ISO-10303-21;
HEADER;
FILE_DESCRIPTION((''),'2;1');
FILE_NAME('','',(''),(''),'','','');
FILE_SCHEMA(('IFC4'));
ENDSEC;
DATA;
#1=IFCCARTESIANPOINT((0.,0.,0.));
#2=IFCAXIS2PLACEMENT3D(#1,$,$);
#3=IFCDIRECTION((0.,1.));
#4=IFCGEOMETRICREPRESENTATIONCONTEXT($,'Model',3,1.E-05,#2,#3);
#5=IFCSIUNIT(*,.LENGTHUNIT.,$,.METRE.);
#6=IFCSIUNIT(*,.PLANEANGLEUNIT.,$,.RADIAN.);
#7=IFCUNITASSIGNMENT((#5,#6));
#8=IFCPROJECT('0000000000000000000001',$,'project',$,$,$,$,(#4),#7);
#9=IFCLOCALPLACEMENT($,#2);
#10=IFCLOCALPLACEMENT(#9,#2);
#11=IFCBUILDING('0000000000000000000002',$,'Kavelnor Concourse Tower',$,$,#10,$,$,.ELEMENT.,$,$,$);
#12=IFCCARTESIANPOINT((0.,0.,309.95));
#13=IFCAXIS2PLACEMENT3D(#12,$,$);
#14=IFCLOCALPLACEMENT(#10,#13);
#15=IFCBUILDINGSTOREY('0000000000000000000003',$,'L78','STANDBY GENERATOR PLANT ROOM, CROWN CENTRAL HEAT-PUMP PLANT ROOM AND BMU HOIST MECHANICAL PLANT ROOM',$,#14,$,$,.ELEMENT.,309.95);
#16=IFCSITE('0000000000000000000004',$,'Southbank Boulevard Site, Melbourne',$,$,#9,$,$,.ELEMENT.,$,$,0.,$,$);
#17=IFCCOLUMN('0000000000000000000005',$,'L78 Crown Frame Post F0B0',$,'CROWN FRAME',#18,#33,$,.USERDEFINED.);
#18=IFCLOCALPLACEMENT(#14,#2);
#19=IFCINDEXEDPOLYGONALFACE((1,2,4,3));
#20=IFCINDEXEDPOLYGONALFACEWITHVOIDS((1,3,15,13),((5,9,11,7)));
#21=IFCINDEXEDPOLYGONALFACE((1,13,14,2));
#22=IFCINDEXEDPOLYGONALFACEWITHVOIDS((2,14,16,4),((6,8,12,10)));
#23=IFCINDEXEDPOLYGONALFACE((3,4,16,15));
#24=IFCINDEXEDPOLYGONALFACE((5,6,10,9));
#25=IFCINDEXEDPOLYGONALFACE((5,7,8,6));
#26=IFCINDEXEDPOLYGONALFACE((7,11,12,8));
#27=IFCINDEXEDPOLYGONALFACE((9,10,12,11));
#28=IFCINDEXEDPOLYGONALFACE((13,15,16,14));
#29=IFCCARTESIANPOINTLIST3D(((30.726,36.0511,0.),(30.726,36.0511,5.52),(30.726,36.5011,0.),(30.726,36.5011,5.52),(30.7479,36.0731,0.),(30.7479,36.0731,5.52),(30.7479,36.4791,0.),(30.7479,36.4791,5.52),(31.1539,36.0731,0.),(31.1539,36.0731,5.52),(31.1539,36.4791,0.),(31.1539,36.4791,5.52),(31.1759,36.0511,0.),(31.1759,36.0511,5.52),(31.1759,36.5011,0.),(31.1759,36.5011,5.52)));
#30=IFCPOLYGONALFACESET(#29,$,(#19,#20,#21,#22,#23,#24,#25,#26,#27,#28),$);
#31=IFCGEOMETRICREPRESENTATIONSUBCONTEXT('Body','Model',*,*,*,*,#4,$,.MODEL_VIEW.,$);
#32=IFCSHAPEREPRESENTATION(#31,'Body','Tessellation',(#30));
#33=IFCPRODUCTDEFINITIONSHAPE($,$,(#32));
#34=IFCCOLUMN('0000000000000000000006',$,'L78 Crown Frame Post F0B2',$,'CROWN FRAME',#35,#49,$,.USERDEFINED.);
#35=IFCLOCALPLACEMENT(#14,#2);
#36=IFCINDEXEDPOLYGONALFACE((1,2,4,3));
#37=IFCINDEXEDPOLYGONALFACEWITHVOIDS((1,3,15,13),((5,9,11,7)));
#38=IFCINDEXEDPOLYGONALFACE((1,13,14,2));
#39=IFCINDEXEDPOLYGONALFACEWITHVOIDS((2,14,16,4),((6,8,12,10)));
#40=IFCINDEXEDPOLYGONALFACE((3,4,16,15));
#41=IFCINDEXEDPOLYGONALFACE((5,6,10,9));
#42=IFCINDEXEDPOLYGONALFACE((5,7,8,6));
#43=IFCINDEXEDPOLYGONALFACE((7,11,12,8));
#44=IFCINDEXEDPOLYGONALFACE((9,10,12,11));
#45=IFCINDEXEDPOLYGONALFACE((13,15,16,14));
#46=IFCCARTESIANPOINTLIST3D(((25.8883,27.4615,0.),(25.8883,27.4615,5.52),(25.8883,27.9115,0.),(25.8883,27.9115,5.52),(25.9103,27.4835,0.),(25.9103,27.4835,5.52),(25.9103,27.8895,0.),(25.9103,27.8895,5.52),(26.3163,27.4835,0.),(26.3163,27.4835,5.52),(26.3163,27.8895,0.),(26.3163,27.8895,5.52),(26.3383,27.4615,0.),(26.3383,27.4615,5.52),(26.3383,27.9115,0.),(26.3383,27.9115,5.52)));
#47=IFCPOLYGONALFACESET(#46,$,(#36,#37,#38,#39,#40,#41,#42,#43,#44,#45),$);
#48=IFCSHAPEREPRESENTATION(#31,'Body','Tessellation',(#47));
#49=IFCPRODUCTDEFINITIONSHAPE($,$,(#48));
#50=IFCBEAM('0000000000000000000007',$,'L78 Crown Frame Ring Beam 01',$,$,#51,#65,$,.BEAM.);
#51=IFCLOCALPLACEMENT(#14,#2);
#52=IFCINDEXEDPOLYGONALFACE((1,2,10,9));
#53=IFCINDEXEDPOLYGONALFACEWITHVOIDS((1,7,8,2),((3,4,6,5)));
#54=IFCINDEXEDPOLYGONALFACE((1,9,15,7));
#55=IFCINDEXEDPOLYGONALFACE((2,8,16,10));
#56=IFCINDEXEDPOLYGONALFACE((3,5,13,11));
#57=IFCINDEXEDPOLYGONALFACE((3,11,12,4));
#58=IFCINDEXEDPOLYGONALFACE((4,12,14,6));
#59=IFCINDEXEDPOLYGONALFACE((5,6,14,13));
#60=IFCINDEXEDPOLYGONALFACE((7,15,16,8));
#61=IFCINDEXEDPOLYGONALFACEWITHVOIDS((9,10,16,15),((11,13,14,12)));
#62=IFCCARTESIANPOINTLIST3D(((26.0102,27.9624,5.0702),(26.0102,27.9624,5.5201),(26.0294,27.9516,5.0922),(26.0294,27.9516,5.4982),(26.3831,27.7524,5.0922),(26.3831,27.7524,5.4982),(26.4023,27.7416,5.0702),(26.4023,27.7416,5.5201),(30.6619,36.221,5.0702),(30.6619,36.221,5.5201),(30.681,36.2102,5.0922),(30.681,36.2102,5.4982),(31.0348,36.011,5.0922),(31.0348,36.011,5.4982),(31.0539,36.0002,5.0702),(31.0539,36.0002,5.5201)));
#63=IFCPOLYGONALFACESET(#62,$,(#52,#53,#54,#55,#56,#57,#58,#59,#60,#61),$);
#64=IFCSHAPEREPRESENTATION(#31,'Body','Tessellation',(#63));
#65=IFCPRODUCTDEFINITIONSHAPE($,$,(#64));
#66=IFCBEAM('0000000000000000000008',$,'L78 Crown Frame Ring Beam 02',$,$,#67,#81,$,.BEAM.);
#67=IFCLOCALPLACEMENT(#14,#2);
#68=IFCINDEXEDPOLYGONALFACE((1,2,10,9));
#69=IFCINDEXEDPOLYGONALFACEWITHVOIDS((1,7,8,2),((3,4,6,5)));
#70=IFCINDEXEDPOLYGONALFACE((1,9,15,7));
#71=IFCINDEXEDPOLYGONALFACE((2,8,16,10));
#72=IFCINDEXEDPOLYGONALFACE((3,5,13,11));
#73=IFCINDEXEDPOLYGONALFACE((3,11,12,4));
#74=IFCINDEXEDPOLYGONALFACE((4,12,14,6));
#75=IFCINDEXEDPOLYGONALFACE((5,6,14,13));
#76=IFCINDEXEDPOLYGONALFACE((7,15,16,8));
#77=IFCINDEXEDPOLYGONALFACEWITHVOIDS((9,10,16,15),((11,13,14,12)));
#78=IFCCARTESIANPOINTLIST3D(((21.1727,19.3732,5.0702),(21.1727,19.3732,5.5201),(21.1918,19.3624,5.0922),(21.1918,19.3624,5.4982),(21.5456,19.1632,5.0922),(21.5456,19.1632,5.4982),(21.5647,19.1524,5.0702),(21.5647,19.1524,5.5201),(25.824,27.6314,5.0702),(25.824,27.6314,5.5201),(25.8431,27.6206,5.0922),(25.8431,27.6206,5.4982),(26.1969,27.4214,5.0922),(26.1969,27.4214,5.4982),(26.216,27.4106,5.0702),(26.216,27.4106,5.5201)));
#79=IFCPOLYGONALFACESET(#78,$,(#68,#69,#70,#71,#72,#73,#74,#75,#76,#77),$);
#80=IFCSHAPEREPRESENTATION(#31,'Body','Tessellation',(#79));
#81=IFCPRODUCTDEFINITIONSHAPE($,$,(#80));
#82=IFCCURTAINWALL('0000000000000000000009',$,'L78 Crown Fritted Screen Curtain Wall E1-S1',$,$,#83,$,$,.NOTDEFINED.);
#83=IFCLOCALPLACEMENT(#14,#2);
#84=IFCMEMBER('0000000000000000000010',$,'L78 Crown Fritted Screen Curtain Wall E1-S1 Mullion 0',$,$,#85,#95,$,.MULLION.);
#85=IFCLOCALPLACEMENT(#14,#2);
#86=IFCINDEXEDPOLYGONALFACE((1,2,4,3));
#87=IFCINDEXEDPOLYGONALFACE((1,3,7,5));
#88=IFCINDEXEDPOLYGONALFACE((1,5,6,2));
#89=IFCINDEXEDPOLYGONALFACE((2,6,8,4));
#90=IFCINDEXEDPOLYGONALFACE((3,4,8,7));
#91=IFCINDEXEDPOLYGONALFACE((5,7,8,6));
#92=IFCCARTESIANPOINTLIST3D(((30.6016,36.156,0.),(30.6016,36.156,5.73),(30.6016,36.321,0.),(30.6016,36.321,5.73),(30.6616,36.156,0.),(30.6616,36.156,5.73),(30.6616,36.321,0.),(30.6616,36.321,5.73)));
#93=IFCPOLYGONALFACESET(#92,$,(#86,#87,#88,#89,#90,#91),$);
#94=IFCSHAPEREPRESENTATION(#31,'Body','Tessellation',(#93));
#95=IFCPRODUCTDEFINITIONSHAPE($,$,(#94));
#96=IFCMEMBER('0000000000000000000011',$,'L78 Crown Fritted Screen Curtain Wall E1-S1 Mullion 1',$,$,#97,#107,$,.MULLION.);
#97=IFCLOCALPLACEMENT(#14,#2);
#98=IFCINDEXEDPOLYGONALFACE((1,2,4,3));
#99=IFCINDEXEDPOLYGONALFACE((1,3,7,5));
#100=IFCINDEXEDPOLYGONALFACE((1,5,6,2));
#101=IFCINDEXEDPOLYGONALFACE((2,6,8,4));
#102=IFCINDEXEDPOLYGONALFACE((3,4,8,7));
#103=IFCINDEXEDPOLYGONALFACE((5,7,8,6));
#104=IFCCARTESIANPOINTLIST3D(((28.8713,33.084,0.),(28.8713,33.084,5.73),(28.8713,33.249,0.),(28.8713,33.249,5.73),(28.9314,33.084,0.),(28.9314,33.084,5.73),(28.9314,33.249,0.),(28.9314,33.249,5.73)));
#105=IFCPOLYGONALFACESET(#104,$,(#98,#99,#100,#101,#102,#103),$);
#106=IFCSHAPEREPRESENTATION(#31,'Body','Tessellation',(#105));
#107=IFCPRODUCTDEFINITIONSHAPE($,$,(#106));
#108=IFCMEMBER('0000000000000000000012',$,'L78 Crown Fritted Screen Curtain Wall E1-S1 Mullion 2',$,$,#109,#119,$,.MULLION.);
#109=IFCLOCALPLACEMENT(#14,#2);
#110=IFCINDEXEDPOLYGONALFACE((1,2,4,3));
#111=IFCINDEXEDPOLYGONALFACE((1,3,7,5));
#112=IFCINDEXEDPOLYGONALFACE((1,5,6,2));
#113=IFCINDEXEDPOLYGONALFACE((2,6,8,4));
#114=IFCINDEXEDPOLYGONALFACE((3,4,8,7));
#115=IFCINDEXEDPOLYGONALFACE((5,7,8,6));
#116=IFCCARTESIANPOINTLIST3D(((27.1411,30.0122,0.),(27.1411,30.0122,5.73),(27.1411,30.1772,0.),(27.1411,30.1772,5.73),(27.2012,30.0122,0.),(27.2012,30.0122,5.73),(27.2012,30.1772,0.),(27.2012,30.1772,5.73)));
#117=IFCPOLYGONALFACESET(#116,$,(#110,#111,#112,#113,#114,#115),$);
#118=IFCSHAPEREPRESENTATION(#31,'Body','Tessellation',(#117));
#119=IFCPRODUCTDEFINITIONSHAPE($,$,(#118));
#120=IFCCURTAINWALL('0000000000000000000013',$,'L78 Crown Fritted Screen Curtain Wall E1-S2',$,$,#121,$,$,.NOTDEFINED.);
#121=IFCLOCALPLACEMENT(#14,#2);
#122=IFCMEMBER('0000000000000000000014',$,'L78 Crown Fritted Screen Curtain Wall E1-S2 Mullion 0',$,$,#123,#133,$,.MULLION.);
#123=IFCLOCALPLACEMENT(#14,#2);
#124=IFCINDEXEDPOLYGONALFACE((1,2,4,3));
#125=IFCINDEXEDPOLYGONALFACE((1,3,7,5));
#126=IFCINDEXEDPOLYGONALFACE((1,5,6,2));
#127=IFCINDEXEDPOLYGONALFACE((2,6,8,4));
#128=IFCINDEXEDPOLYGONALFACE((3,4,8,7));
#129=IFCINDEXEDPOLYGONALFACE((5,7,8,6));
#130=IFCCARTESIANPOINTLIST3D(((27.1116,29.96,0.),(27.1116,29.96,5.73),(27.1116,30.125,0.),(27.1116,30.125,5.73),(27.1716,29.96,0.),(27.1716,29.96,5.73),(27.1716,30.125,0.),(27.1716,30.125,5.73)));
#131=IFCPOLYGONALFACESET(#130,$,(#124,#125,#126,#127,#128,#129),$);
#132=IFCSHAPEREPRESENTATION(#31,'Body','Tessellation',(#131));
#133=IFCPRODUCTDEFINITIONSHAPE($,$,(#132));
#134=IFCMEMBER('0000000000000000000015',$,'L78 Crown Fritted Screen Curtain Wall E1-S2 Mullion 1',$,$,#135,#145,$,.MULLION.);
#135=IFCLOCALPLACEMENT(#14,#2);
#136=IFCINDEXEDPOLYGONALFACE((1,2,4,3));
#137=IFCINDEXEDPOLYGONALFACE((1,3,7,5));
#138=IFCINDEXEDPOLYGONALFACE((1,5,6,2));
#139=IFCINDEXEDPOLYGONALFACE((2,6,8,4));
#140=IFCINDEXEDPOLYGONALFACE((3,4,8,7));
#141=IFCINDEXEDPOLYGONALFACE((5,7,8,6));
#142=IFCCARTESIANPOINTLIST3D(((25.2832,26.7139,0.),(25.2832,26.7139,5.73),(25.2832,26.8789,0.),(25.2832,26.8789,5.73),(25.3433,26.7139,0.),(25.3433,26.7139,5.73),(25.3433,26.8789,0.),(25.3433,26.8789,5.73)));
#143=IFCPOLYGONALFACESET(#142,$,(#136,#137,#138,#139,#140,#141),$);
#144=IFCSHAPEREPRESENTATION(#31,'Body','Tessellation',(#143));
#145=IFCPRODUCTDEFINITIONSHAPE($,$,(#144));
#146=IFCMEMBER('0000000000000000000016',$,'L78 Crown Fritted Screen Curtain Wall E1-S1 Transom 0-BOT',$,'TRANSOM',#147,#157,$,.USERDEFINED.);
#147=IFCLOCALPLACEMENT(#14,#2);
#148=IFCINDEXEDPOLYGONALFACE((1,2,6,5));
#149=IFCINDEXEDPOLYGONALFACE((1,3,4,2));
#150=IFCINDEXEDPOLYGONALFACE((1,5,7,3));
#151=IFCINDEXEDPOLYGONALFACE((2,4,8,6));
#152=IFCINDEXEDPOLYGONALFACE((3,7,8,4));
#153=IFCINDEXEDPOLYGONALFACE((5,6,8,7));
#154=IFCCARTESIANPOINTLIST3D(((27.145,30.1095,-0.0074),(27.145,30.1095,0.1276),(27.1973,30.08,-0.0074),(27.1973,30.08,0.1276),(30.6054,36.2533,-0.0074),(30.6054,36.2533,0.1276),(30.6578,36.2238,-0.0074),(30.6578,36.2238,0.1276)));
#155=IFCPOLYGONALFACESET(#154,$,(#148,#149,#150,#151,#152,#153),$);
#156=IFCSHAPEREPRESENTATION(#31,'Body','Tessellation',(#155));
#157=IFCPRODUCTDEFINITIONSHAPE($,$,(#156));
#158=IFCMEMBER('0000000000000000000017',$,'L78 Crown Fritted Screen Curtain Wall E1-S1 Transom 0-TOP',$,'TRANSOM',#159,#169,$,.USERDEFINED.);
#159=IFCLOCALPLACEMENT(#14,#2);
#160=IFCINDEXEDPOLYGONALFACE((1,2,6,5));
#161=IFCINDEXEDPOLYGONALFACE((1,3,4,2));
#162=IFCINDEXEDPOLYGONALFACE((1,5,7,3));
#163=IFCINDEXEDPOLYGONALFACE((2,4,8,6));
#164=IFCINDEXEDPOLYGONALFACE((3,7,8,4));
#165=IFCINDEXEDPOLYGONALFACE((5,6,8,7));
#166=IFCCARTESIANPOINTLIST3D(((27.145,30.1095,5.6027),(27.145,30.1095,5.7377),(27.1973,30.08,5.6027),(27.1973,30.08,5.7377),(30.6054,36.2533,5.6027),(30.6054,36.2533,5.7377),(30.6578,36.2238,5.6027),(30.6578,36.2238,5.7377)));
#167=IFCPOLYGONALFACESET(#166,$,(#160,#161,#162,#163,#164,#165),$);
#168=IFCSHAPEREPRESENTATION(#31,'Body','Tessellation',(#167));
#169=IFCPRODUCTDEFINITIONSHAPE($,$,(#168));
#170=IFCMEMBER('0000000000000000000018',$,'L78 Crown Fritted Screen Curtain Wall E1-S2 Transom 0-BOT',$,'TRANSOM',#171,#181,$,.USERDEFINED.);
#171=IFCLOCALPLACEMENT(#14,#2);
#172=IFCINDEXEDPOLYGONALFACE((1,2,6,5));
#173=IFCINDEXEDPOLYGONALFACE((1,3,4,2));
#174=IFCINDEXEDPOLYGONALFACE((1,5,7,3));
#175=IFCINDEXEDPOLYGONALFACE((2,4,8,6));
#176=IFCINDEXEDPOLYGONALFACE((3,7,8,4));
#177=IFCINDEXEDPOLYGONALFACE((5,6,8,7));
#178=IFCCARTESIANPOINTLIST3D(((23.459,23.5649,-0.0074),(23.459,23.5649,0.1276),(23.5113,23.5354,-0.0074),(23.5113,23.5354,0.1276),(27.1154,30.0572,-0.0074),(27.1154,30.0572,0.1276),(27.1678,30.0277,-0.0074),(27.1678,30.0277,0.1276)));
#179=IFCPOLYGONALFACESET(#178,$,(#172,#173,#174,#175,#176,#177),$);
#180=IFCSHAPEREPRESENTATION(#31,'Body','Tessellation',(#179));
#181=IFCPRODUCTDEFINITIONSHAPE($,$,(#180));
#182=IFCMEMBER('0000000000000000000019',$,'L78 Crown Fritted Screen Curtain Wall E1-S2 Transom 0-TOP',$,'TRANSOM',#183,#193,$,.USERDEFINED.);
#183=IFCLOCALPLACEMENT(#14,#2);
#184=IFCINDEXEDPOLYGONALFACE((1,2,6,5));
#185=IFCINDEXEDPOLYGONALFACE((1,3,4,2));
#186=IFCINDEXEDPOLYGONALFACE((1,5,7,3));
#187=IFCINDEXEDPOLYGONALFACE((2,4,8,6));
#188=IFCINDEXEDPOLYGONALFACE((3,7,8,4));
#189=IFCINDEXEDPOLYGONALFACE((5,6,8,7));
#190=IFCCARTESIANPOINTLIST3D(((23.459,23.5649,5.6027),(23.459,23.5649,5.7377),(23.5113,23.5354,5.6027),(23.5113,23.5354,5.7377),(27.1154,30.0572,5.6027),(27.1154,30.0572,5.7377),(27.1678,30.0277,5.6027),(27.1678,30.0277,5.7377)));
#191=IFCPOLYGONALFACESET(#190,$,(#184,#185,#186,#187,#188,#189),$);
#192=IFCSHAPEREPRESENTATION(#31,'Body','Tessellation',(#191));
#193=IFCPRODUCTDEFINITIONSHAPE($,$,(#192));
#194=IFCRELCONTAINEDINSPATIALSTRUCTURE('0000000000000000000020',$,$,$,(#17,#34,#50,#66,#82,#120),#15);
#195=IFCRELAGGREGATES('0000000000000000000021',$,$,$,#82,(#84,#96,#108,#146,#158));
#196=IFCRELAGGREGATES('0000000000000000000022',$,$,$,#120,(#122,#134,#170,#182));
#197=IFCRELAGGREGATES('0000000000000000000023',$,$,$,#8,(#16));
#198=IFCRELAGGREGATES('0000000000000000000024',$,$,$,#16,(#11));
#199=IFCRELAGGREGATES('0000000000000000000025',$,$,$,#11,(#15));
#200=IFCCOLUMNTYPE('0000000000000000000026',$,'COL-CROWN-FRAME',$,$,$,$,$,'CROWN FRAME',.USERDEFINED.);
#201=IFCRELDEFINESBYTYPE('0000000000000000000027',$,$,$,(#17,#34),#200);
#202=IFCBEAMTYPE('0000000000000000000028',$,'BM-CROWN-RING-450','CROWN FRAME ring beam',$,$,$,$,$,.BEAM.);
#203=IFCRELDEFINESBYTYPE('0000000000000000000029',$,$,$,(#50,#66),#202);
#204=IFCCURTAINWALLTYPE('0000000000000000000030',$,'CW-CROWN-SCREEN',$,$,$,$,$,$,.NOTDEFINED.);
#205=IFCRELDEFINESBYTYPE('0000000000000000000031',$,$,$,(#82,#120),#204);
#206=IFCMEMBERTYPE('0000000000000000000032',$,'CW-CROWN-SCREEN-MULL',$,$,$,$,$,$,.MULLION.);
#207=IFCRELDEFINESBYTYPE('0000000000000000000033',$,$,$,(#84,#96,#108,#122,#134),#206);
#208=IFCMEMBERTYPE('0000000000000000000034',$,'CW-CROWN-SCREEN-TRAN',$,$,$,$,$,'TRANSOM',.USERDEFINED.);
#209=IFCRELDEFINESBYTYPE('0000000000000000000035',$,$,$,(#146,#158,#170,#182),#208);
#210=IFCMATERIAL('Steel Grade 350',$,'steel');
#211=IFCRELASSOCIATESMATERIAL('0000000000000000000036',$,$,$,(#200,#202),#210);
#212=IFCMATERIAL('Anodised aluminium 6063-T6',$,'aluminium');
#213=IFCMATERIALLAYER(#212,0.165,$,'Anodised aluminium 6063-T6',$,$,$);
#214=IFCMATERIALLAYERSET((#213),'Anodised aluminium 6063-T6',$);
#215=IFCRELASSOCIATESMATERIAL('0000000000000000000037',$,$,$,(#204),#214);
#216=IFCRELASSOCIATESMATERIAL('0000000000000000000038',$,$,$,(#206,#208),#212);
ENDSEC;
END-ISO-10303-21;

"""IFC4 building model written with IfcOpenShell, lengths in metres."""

from ifc_helpers import new_model, si_unit, direction, frame, origin, origin_2d, place, context, subcontext, project, spatial, rectangle, hollow_rectangle, extrude, material, layer, layer_set, material_profile, profile_set, type_object, element, aggregate, save


model = new_model("IFC4")

# Units and contexts
model_context = context("Model", 3, precision=1e-05, world=origin(), true_north=direction((0.0, 1.0)))
body_context = subcontext(model_context, "Body", "Model", "MODEL_VIEW")
ifc_project = project(units=[si_unit("LENGTHUNIT", "METRE"), si_unit("PLANEANGLEUNIT", "RADIAN")], contexts=[model_context])

# Site, building, storey
site_placement = place(None, origin())
site = spatial("IfcSite", under=ifc_project, at=site_placement, Name="Southbank Boulevard Site, Melbourne", CompositionType="ELEMENT", RefElevation=0.0)
building_placement = place(site_placement, origin())
building = spatial("IfcBuilding", under=site, at=building_placement, Name="Kavelnor Concourse Tower", CompositionType="ELEMENT")
storey_placement = place(building_placement, frame((0.0, 0.0, 309.95)))
storey = spatial("IfcBuildingStorey", under=building, at=storey_placement, Name="L78", Description="STANDBY GENERATOR PLANT ROOM, CROWN CENTRAL HEAT-PUMP PLANT ROOM AND BMU HOIST MECHANICAL PLANT ROOM", CompositionType="ELEMENT", Elevation=309.95)

# Columns
ifc_material_1 = material(Name="Steel Grade 350", Category="steel")
ifc_material_profile_1 = material_profile(ifc_material_1, hollow_rectangle(XDim=0.45, YDim=0.45, WallThickness=0.022, at=origin_2d()), Name="SHS 450x450x22")
ifc_profile_set_1 = profile_set([ifc_material_profile_1], Name="Steel Grade 350")
column_type = type_object("IfcColumnType", Name="COL-CROWN-FRAME", ElementType="CROWN FRAME", PredefinedType="USERDEFINED", material=ifc_profile_set_1)
for number, where, z_axis, x_axis, name in (
    (1, (30.9509, 36.2761, 0.0), (0.0, 0.0, 1.0), (1.0, 0.0, 0.0), "L78 Crown Frame Post F0B0"),
    (2, (26.1133, 27.6865, 0.0), (0.0, 0.0, 1.0), (1.0, 0.0, 0.0), "L78 Crown Frame Post F0B2"),
):
    element("IfcColumn", number, at=place(storey_placement, frame(where, z_axis=z_axis, x_axis=x_axis)), inside=storey, type_object=column_type, Name=name, ObjectType="CROWN FRAME", PredefinedType="USERDEFINED", context=body_context, shape_type="SweptSolid", body=[
        extrude(hollow_rectangle(XDim=0.45, YDim=0.45, WallThickness=0.022, at=origin_2d()), origin(), (0.0, 0.0, 1.0), 5.52),
    ])

# Beams
ifc_material_profile_2 = material_profile(ifc_material_1, hollow_rectangle(XDim=0.45, YDim=0.45, WallThickness=0.022, at=origin_2d()), Name="RHS 450x450x22")
ifc_profile_set_2 = profile_set([ifc_material_profile_2], Name="Steel Grade 350")
beam_type = type_object("IfcBeamType", Name="BM-CROWN-RING-450", Description="CROWN FRAME ring beam", PredefinedType="BEAM", material=ifc_profile_set_2)
beam_1_placement = place(storey_placement, frame((30.8579, 36.1106, 5.2952), z_axis=(-0.490756, -0.871297, 0.0), x_axis=(0.871297, -0.490756, 0.0)))
element("IfcBeam", 3, at=beam_1_placement, inside=storey, type_object=beam_type, Name="L78 Crown Frame Ring Beam 01", PredefinedType="BEAM", context=body_context, shape_type="SweptSolid", body=[
    extrude(hollow_rectangle(XDim=0.45, YDim=0.45, WallThickness=0.022, at=origin_2d()), origin(), (0.0, 0.0, 1.0), 9.4785),
])
beam_2_placement = place(storey_placement, frame((26.02, 27.521, 5.2952), z_axis=(-0.490748, -0.871302, 0.0), x_axis=(0.871302, -0.490748, 0.0)))
element("IfcBeam", 4, at=beam_2_placement, inside=storey, type_object=beam_type, Name="L78 Crown Frame Ring Beam 02", PredefinedType="BEAM", context=body_context, shape_type="SweptSolid", body=[
    extrude(hollow_rectangle(XDim=0.45, YDim=0.45, WallThickness=0.022, at=origin_2d()), origin(), (0.0, 0.0, 1.0), 9.478),
])

# Curtain walls, members
ifc_material_2 = material(Name="Anodised aluminium 6063-T6", Category="aluminium")
ifc_layer_1 = layer(ifc_material_2, 0.165, Name="Anodised aluminium 6063-T6")
ifc_layer_set_1 = layer_set([ifc_layer_1], Name="Anodised aluminium 6063-T6")
curtain_wall_type = type_object("IfcCurtainWallType", Name="CW-CROWN-SCREEN", PredefinedType="NOTDEFINED", material=ifc_layer_set_1)
curtain_wall_1_placement = place(storey_placement, origin())
curtain_wall_1 = element("IfcCurtainWall", 5, at=curtain_wall_1_placement, inside=storey, type_object=curtain_wall_type, Name="L78 Crown Fritted Screen Curtain Wall E1-S1", PredefinedType="NOTDEFINED")
ifc_material_profile_3 = material_profile(ifc_material_2, rectangle(XDim=0.0601, YDim=0.165, at=origin_2d()), Name="AL-MULL 60x165")
ifc_profile_set_3 = profile_set([ifc_material_profile_3], Name="Anodised aluminium 6063-T6")
member_type_1 = type_object("IfcMemberType", Name="CW-CROWN-SCREEN-MULL", PredefinedType="MULLION", material=ifc_profile_set_3)
member_1_placement = place(storey_placement, frame((30.6316, 36.2385, 0.0), z_axis=(0.0, 0.0, 1.0), x_axis=(1.0, 0.0, 0.0)))
member_1 = element("IfcMember", 6, at=member_1_placement, type_object=member_type_1, Name="L78 Crown Fritted Screen Curtain Wall E1-S1 Mullion 0", PredefinedType="MULLION", context=body_context, shape_type="SweptSolid", body=[
    extrude(rectangle(XDim=0.0601, YDim=0.165, at=origin_2d()), origin(), (0.0, 0.0, 1.0), 5.73),
])
member_2_placement = place(storey_placement, frame((28.9014, 33.1665, 0.0), z_axis=(0.0, 0.0, 1.0), x_axis=(1.0, 0.0, 0.0)))
member_2 = element("IfcMember", 7, at=member_2_placement, type_object=member_type_1, Name="L78 Crown Fritted Screen Curtain Wall E1-S1 Mullion 1", PredefinedType="MULLION", context=body_context, shape_type="SweptSolid", body=[
    extrude(rectangle(XDim=0.0601, YDim=0.165, at=origin_2d()), origin(), (0.0, 0.0, 1.0), 5.73),
])
member_3_placement = place(storey_placement, frame((27.1711, 30.0947, 0.0), z_axis=(0.0, 0.0, 1.0), x_axis=(1.0, 0.0, 0.0)))
member_3 = element("IfcMember", 8, at=member_3_placement, type_object=member_type_1, Name="L78 Crown Fritted Screen Curtain Wall E1-S1 Mullion 2", PredefinedType="MULLION", context=body_context, shape_type="SweptSolid", body=[
    extrude(rectangle(XDim=0.0601, YDim=0.165, at=origin_2d()), origin(), (0.0, 0.0, 1.0), 5.73),
])
curtain_wall_2_placement = place(storey_placement, origin())
curtain_wall_2 = element("IfcCurtainWall", 9, at=curtain_wall_2_placement, inside=storey, type_object=curtain_wall_type, Name="L78 Crown Fritted Screen Curtain Wall E1-S2", PredefinedType="NOTDEFINED")
member_4_placement = place(storey_placement, frame((27.1416, 30.0425, 0.0), z_axis=(0.0, 0.0, 1.0), x_axis=(1.0, 0.0, 0.0)))
member_4 = element("IfcMember", 10, at=member_4_placement, type_object=member_type_1, Name="L78 Crown Fritted Screen Curtain Wall E1-S2 Mullion 0", PredefinedType="MULLION", context=body_context, shape_type="SweptSolid", body=[
    extrude(rectangle(XDim=0.0601, YDim=0.165, at=origin_2d()), origin(), (0.0, 0.0, 1.0), 5.73),
])
member_5_placement = place(storey_placement, frame((25.3132, 26.7964, 0.0), z_axis=(0.0, 0.0, 1.0), x_axis=(1.0, 0.0, 0.0)))
member_5 = element("IfcMember", 11, at=member_5_placement, type_object=member_type_1, Name="L78 Crown Fritted Screen Curtain Wall E1-S2 Mullion 1", PredefinedType="MULLION", context=body_context, shape_type="SweptSolid", body=[
    extrude(rectangle(XDim=0.0601, YDim=0.165, at=origin_2d()), origin(), (0.0, 0.0, 1.0), 5.73),
])

# Members
ifc_material_profile_4 = material_profile(ifc_material_2, rectangle(XDim=0.0601, YDim=0.135, at=origin_2d()), Name="AL-TRAN 60x135")
ifc_profile_set_4 = profile_set([ifc_material_profile_4], Name="Anodised aluminium 6063-T6")
member_type_2 = type_object("IfcMemberType", Name="CW-CROWN-SCREEN-TRAN", ElementType="TRANSOM", PredefinedType="USERDEFINED", material=ifc_profile_set_4)
member_6_placement = place(storey_placement, frame((30.6316, 36.2385, 0.0601), z_axis=(-0.490753, -0.871299, 0.0), x_axis=(0.871299, -0.490753, 0.0)))
member_6 = element("IfcMember", 12, at=member_6_placement, type_object=member_type_2, Name="L78 Crown Fritted Screen Curtain Wall E1-S1 Transom 0-BOT", ObjectType="TRANSOM", PredefinedType="USERDEFINED", context=body_context, shape_type="SweptSolid", body=[
    extrude(rectangle(XDim=0.0601, YDim=0.135, at=origin_2d()), origin(), (0.0, 0.0, 1.0), 7.0513),
])
member_7_placement = place(storey_placement, frame((30.6316, 36.2385, 5.6702), z_axis=(-0.490753, -0.871299, 0.0), x_axis=(0.871299, -0.490753, 0.0)))
member_7 = element("IfcMember", 13, at=member_7_placement, type_object=member_type_2, Name="L78 Crown Fritted Screen Curtain Wall E1-S1 Transom 0-TOP", ObjectType="TRANSOM", PredefinedType="USERDEFINED", context=body_context, shape_type="SweptSolid", body=[
    extrude(rectangle(XDim=0.0601, YDim=0.135, at=origin_2d()), origin(), (0.0, 0.0, 1.0), 7.0513),
])
member_8_placement = place(storey_placement, frame((27.1416, 30.0425, 0.0601), z_axis=(-0.49072, -0.871317, 0.0), x_axis=(0.871317, -0.49072, 0.0)))
member_8 = element("IfcMember", 14, at=member_8_placement, type_object=member_type_2, Name="L78 Crown Fritted Screen Curtain Wall E1-S2 Transom 0-BOT", ObjectType="TRANSOM", PredefinedType="USERDEFINED", context=body_context, shape_type="SweptSolid", body=[
    extrude(rectangle(XDim=0.0601, YDim=0.135, at=origin_2d()), origin(), (0.0, 0.0, 1.0), 7.4512),
])
member_9_placement = place(storey_placement, frame((27.1416, 30.0425, 5.6702), z_axis=(-0.49072, -0.871317, 0.0), x_axis=(0.871317, -0.49072, 0.0)))
member_9 = element("IfcMember", 15, at=member_9_placement, type_object=member_type_2, Name="L78 Crown Fritted Screen Curtain Wall E1-S2 Transom 0-TOP", ObjectType="TRANSOM", PredefinedType="USERDEFINED", context=body_context, shape_type="SweptSolid", body=[
    extrude(rectangle(XDim=0.0601, YDim=0.135, at=origin_2d()), origin(), (0.0, 0.0, 1.0), 7.4512),
])

aggregate(curtain_wall_1, [member_1, member_2, member_3, member_6, member_7])
aggregate(curtain_wall_2, [member_4, member_5, member_8, member_9])

save(model, "model.ifc")
